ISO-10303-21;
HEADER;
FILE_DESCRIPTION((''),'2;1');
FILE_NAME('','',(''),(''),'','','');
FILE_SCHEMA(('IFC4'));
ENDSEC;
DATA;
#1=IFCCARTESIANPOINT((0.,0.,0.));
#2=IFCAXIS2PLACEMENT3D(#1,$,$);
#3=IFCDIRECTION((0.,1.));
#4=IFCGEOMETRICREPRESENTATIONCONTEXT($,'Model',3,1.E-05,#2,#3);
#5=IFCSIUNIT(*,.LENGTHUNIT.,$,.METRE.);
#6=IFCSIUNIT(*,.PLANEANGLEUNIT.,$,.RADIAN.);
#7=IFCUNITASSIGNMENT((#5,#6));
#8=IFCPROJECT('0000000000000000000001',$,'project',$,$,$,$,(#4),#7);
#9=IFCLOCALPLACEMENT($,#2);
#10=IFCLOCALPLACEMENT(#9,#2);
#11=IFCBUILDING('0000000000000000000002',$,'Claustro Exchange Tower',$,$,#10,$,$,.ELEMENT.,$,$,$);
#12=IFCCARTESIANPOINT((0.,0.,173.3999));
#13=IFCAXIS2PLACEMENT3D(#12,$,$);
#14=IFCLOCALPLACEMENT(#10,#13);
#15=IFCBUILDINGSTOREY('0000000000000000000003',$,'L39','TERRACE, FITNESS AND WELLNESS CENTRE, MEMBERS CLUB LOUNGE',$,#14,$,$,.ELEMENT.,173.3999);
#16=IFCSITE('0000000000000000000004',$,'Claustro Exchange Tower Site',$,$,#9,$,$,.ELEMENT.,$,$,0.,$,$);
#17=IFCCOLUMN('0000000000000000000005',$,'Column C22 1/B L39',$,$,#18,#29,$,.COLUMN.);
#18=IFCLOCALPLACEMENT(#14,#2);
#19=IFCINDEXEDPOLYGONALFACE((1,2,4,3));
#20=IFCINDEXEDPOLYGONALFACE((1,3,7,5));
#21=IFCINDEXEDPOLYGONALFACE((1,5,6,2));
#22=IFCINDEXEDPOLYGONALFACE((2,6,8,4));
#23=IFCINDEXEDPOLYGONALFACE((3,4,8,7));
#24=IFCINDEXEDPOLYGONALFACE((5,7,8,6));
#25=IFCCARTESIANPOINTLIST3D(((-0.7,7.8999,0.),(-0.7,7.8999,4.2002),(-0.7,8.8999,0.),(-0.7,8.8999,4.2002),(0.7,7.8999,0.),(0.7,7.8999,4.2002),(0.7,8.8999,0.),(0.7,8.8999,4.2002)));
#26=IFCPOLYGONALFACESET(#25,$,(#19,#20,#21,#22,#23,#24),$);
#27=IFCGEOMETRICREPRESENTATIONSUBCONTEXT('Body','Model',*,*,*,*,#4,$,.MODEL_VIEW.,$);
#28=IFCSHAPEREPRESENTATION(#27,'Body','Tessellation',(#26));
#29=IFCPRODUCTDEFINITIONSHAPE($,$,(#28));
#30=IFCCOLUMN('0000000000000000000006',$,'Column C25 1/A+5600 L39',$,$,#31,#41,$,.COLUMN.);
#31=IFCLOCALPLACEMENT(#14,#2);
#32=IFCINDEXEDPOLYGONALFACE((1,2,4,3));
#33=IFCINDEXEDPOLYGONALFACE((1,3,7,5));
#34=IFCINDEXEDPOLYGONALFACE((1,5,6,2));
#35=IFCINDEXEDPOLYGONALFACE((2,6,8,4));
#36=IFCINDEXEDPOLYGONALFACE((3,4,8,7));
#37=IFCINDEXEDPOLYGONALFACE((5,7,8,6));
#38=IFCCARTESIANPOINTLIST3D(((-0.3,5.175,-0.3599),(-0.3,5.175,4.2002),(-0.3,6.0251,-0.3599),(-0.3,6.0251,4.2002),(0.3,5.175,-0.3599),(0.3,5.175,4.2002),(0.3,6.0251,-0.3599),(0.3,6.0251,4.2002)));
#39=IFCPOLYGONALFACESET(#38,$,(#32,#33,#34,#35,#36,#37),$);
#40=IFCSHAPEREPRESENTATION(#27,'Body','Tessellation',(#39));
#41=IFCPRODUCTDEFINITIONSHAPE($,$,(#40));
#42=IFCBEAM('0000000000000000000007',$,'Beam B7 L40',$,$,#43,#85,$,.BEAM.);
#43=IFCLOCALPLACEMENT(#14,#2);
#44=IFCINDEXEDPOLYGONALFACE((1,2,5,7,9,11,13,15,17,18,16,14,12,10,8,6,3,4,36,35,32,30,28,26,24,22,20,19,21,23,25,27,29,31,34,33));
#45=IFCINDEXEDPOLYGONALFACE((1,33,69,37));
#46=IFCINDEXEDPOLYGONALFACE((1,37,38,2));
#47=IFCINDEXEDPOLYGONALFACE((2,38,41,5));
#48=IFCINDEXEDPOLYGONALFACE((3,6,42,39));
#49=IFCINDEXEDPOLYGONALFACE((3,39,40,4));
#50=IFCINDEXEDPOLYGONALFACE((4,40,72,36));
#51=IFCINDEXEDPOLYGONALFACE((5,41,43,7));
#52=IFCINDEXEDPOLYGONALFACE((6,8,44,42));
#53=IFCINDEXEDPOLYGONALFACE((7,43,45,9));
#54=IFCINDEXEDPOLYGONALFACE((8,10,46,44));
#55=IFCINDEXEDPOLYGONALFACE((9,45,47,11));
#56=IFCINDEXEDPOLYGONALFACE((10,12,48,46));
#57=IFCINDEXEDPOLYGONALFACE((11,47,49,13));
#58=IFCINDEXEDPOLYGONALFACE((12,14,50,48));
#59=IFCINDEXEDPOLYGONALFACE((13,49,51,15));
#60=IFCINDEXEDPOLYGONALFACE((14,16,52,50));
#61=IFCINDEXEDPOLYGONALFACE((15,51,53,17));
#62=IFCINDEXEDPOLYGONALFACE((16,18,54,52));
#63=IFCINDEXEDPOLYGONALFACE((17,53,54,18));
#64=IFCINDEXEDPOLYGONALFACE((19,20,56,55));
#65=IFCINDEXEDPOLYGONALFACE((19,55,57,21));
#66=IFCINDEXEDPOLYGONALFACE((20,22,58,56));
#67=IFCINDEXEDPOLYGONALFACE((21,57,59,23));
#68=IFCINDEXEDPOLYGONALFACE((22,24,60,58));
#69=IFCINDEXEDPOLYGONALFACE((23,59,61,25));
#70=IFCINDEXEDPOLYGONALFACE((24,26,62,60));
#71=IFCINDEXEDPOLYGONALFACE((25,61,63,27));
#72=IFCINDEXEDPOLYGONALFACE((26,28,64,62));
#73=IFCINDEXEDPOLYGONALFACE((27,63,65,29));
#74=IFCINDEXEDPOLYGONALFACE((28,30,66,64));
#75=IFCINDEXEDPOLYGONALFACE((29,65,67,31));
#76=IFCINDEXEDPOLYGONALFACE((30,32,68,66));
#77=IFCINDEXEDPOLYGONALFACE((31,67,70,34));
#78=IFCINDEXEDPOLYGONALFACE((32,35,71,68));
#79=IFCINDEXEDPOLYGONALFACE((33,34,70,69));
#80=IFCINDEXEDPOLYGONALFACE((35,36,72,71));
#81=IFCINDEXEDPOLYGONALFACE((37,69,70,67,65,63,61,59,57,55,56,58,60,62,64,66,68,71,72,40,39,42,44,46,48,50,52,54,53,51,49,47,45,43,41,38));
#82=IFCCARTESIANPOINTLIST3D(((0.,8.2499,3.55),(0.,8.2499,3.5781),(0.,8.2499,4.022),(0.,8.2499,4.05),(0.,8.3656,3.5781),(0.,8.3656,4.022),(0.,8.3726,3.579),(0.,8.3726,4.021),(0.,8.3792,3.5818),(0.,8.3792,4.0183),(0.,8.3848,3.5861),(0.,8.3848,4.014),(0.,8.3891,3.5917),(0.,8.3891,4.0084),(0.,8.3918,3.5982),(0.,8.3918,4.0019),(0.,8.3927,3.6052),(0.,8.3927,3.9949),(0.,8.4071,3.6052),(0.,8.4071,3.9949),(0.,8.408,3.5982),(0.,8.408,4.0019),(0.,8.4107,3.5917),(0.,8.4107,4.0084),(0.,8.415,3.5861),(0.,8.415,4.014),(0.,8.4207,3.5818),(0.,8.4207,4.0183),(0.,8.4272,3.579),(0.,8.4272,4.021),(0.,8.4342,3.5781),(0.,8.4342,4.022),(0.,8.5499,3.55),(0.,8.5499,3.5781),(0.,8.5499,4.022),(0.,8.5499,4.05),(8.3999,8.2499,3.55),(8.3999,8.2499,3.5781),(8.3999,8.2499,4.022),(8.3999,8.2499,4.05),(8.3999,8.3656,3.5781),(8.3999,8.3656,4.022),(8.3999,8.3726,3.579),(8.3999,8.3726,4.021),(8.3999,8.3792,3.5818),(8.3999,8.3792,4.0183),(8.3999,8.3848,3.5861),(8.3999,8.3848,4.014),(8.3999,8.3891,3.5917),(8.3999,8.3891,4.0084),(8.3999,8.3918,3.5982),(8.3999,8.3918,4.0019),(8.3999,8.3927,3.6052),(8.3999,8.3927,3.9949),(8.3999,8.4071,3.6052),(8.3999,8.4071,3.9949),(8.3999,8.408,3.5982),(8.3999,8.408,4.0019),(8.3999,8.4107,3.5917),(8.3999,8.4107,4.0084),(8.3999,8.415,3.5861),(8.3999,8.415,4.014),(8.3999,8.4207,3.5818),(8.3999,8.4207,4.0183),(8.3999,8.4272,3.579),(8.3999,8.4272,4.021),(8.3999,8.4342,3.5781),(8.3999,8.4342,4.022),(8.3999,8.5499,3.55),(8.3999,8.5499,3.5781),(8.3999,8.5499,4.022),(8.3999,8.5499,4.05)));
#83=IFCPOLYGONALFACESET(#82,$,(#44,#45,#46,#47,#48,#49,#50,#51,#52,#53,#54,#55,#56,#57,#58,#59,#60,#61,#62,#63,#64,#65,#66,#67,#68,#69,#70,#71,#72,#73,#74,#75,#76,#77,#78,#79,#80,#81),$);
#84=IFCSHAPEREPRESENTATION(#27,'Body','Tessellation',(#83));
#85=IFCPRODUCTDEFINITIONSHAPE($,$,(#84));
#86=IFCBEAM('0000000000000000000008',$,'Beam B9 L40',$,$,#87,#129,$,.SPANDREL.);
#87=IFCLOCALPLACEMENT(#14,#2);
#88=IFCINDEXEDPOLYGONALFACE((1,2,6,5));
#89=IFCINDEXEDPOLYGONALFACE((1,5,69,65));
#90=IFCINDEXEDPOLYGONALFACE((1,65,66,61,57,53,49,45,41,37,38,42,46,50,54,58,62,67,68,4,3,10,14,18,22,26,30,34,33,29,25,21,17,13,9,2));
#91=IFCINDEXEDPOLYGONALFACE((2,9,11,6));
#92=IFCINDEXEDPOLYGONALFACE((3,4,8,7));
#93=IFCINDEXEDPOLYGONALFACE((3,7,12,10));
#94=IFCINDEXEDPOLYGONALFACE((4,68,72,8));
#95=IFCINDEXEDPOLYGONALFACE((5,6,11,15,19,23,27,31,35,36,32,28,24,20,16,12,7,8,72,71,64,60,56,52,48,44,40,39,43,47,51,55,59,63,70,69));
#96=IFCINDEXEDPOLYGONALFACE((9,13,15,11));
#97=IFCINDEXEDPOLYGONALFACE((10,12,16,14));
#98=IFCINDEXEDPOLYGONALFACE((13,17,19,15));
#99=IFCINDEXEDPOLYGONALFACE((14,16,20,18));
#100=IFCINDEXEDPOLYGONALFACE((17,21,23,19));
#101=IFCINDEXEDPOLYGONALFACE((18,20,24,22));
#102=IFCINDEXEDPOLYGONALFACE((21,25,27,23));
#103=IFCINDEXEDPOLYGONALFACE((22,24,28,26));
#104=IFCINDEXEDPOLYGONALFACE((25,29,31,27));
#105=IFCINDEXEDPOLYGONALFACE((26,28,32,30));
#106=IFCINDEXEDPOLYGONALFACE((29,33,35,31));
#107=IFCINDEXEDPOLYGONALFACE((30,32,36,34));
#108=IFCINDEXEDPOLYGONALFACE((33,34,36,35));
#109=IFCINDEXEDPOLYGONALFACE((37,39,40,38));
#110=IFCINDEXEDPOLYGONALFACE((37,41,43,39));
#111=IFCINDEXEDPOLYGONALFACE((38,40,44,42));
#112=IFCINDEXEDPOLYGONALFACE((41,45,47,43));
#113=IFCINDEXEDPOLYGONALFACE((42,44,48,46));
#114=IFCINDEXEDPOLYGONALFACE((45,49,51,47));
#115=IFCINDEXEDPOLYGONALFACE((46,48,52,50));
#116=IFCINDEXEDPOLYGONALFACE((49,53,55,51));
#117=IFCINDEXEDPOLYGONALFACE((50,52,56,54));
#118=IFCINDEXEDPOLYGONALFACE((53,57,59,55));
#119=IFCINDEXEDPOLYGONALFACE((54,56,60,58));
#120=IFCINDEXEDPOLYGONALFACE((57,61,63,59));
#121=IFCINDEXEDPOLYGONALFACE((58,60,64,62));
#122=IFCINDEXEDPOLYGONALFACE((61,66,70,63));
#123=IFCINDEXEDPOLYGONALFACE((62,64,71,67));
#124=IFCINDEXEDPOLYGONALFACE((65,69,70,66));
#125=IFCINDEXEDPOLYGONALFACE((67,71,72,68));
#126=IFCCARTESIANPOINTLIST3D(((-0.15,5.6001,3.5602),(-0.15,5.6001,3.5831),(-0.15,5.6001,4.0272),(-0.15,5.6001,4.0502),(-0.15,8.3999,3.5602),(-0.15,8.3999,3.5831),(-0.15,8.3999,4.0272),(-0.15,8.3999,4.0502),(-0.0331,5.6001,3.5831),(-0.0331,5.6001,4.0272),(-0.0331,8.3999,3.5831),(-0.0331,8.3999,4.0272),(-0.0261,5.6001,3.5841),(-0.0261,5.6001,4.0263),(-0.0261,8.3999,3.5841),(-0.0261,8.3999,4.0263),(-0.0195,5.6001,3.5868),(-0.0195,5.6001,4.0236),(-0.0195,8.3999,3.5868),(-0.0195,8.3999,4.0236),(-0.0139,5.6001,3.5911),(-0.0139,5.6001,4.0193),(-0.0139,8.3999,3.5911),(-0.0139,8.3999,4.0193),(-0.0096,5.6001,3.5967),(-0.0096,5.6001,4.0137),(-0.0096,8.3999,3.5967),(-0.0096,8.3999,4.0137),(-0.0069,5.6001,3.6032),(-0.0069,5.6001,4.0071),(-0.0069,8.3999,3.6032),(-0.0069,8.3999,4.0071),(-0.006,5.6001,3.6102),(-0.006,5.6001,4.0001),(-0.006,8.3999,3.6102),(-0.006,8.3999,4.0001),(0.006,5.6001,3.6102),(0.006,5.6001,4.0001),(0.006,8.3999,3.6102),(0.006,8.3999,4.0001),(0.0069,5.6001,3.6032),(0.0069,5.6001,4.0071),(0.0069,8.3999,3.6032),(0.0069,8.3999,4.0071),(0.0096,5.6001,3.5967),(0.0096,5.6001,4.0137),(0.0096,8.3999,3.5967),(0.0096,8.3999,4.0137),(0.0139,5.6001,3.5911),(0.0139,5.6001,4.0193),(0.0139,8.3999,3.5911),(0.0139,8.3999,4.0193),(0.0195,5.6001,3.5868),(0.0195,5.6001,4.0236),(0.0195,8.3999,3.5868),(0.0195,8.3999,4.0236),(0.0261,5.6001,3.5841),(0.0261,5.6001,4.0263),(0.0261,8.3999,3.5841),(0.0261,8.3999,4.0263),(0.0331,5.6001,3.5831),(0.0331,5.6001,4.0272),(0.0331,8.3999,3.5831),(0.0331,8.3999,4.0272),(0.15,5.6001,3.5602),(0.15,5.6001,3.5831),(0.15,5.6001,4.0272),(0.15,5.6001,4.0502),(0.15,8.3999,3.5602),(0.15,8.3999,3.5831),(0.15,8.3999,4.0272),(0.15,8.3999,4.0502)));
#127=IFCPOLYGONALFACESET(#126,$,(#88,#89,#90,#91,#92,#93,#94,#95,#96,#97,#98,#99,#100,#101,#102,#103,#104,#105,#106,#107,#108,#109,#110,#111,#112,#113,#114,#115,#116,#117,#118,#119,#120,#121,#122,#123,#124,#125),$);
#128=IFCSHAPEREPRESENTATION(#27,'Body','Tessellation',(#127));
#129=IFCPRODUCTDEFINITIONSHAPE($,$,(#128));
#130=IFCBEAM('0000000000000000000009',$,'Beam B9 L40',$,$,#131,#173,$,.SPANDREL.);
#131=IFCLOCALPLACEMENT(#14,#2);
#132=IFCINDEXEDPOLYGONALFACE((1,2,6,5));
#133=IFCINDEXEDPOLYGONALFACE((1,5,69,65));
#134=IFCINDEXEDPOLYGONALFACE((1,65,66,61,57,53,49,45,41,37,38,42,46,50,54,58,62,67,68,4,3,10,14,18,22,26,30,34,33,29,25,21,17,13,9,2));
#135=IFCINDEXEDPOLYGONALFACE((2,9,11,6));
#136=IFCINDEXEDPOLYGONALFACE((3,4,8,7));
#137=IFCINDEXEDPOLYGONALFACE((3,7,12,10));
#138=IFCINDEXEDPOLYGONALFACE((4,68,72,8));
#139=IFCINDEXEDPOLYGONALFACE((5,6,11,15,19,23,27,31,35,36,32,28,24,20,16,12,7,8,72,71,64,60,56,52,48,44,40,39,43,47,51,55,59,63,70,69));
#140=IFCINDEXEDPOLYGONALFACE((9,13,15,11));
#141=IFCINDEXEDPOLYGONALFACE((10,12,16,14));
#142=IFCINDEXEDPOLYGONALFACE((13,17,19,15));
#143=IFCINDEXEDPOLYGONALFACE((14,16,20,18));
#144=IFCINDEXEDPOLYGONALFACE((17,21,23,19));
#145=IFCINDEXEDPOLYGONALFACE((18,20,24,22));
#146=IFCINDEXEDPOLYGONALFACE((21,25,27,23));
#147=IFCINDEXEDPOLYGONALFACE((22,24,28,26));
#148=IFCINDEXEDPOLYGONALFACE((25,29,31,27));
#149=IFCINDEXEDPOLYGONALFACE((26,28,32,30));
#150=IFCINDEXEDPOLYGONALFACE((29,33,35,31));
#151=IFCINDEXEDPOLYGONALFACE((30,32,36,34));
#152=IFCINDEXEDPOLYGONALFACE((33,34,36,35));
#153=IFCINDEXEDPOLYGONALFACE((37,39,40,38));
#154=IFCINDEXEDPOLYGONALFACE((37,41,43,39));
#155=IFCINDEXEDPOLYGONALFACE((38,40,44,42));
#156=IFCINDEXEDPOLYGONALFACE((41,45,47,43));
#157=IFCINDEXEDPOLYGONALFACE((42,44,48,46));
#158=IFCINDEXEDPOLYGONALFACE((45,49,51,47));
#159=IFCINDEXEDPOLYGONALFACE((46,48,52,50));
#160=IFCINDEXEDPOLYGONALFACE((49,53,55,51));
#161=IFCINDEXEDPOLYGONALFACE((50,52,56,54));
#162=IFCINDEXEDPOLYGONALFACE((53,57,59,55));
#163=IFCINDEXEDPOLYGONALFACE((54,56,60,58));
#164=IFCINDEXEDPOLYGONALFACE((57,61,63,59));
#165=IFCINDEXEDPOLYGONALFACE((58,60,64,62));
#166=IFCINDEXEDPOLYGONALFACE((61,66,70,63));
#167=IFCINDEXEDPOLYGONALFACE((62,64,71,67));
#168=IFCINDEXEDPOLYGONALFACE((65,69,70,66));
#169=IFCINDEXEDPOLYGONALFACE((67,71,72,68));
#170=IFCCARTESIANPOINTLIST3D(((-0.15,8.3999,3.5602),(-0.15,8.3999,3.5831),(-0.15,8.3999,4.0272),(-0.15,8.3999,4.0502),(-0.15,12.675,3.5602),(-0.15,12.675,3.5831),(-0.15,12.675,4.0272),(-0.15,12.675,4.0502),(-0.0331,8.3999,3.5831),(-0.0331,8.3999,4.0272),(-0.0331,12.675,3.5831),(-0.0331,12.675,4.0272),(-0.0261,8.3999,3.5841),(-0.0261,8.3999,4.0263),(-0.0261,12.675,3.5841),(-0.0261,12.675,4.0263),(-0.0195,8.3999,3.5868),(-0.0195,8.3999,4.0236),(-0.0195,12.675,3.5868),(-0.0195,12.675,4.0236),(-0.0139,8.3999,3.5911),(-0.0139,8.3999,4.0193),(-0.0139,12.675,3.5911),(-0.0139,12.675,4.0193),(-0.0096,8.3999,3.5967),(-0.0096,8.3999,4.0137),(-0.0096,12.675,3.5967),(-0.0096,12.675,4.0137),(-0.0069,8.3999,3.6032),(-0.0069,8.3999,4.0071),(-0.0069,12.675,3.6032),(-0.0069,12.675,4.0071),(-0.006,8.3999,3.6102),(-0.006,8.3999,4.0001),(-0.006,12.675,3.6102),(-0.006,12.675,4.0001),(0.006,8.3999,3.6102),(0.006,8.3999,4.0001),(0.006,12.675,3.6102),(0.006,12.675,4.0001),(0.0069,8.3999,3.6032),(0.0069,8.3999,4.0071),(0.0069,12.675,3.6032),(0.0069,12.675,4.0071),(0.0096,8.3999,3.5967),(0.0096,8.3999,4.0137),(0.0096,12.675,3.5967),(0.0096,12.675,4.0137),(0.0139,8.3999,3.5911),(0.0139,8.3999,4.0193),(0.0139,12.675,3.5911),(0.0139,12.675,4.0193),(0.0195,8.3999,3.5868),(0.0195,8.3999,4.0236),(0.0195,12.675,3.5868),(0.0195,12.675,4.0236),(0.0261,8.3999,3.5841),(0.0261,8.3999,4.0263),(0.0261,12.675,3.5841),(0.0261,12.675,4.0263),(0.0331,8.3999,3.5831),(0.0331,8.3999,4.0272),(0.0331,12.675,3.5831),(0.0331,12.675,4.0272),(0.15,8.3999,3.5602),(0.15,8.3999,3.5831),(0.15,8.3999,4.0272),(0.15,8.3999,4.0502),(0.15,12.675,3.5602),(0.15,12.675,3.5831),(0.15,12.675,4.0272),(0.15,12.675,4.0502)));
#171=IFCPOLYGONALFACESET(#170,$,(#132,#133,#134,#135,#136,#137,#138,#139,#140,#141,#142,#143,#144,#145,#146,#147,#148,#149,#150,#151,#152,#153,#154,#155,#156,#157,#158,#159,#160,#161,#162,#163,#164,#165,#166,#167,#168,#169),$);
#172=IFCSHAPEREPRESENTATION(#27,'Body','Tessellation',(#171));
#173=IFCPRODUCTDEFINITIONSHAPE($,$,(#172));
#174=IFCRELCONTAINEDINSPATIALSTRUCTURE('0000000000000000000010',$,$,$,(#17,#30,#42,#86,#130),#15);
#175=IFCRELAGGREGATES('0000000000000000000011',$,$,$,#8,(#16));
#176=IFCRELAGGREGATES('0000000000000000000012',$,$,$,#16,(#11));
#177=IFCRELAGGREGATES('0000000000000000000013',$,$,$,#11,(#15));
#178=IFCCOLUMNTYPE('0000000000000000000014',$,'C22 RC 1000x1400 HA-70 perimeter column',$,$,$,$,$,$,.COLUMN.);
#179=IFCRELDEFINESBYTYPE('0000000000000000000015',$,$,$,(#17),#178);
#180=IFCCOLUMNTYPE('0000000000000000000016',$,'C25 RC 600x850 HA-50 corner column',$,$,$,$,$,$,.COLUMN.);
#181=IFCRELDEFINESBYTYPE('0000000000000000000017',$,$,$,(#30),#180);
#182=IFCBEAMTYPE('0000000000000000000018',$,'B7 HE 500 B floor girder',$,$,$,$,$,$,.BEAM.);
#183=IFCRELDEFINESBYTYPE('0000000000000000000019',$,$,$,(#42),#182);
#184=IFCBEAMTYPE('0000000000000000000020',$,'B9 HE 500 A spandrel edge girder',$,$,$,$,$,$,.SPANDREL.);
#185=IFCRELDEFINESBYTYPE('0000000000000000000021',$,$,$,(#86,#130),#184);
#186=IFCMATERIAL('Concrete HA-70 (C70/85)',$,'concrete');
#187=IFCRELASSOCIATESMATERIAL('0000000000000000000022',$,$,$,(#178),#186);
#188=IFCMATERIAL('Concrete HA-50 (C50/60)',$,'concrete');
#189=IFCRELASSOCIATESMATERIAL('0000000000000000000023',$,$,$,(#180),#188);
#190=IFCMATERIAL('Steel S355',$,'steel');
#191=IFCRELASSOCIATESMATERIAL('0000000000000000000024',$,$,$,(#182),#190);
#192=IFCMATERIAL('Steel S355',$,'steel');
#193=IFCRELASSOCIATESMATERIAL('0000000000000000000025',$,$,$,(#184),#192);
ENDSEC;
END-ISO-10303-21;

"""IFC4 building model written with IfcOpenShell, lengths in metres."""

from ifc_helpers import new_model, si_unit, direction, frame, origin, origin_2d, place, context, subcontext, project, spatial, rectangle, i_section, extrude, material, material_profile, profile_set, type_object, element, save


model = new_model("IFC4")

# Units and contexts
model_context = context("Model", 3, precision=1e-05, world=origin(), true_north=direction((0.0, 1.0)))
body_context = subcontext(model_context, "Body", "Model", "MODEL_VIEW")
ifc_project = project(units=[si_unit("LENGTHUNIT", "METRE"), si_unit("PLANEANGLEUNIT", "RADIAN")], contexts=[model_context])

# Site, building, storey
site_placement = place(None, origin())
site = spatial("IfcSite", under=ifc_project, at=site_placement, Name="Claustro Exchange Tower Site", CompositionType="ELEMENT", RefElevation=0.0)
building_placement = place(site_placement, origin())
building = spatial("IfcBuilding", under=site, at=building_placement, Name="Claustro Exchange Tower", CompositionType="ELEMENT")
storey_placement = place(building_placement, frame((0.0, 0.0, 173.3999)))
storey = spatial("IfcBuildingStorey", under=building, at=storey_placement, Name="L39", Description="TERRACE, FITNESS AND WELLNESS CENTRE, MEMBERS CLUB LOUNGE", CompositionType="ELEMENT", Elevation=173.3999)

# Columns
ifc_material_1 = material(Name="Concrete HA-70 (C70/85)", Category="concrete")
ifc_material_profile_1 = material_profile(ifc_material_1, rectangle(XDim=1.0, YDim=1.3999, at=origin_2d()), Name="RC 1000x1400")
ifc_profile_set_1 = profile_set([ifc_material_profile_1], Name="Concrete HA-70 (C70/85)")
column_type_1 = type_object("IfcColumnType", Name="C22 RC 1000x1400 HA-70 perimeter column", PredefinedType="COLUMN", material=ifc_profile_set_1)
column_1_placement = place(storey_placement, frame((0.0, 8.3999, 0.0), z_axis=(0.0, 0.0, 1.0), x_axis=(0.0, 1.0, 0.0)))
element("IfcColumn", 1, at=column_1_placement, inside=storey, type_object=column_type_1, Name="Column C22 1/B L39", PredefinedType="COLUMN", context=body_context, shape_type="SweptSolid", body=[
    extrude(rectangle(XDim=1.0, YDim=1.3999, at=origin_2d()), origin(), (0.0, 0.0, 1.0), 4.2002),
])
ifc_material_2 = material(Name="Concrete HA-50 (C50/60)", Category="concrete")
ifc_material_profile_2 = material_profile(ifc_material_2, rectangle(XDim=0.6001, YDim=0.8501, at=origin_2d()), Name="RC 600x850")
ifc_profile_set_2 = profile_set([ifc_material_profile_2], Name="Concrete HA-50 (C50/60)")
column_type_2 = type_object("IfcColumnType", Name="C25 RC 600x850 HA-50 corner column", PredefinedType="COLUMN", material=ifc_profile_set_2)
column_2_placement = place(storey_placement, frame((0.0, 5.6001, -0.3599), z_axis=(0.0, 0.0, 1.0), x_axis=(1.0, 0.0, 0.0)))
element("IfcColumn", 2, at=column_2_placement, inside=storey, type_object=column_type_2, Name="Column C25 1/A+5600 L39", PredefinedType="COLUMN", context=body_context, shape_type="SweptSolid", body=[
    extrude(rectangle(XDim=0.6001, YDim=0.8501, at=origin_2d()), origin(), (0.0, 0.0, 1.0), 4.5601),
])

# Beams
ifc_material_3 = material(Name="Steel S355", Category="steel")
ifc_material_profile_3 = material_profile(ifc_material_3, i_section(OverallWidth=0.3, OverallDepth=0.5, WebThickness=0.0144, FlangeThickness=0.0281, FilletRadius=0.0271, at=origin_2d()), Name="HE 500 B")
ifc_profile_set_3 = profile_set([ifc_material_profile_3], Name="Steel S355")
beam_type_1 = type_object("IfcBeamType", Name="B7 HE 500 B floor girder", PredefinedType="BEAM", material=ifc_profile_set_3)
beam_1_placement = place(storey_placement, frame((0.0, 8.3999, 3.8), z_axis=(1.0, 0.0, 0.0), x_axis=(0.0, 1.0, 0.0)))
element("IfcBeam", 3, at=beam_1_placement, inside=storey, type_object=beam_type_1, Name="Beam B7 L40", PredefinedType="BEAM", context=body_context, shape_type="SweptSolid", body=[
    extrude(i_section(OverallWidth=0.3, OverallDepth=0.5, WebThickness=0.0144, FlangeThickness=0.0281, FilletRadius=0.0271, at=origin_2d()), origin(), (0.0, 0.0, 1.0), 8.3999),
])
ifc_material_4 = material(Name="Steel S355", Category="steel")
ifc_material_profile_4 = material_profile(ifc_material_4, i_section(OverallWidth=0.3, OverallDepth=0.49, WebThickness=0.012, FlangeThickness=0.0229, FilletRadius=0.0271, at=origin_2d()), Name="HE 500 A")
ifc_profile_set_4 = profile_set([ifc_material_profile_4], Name="Steel S355")
beam_type_2 = type_object("IfcBeamType", Name="B9 HE 500 A spandrel edge girder", PredefinedType="SPANDREL", material=ifc_profile_set_4)
beam_2_placement = place(storey_placement, frame((0.0, 5.6001, 3.8052), z_axis=(0.0, 1.0, 0.0), x_axis=(-1.0, 0.0, 0.0)))
element("IfcBeam", 4, at=beam_2_placement, inside=storey, type_object=beam_type_2, Name="Beam B9 L40", PredefinedType="SPANDREL", context=body_context, shape_type="SweptSolid", body=[
    extrude(i_section(OverallWidth=0.3, OverallDepth=0.49, WebThickness=0.012, FlangeThickness=0.0229, FilletRadius=0.0271, at=origin_2d()), origin(), (0.0, 0.0, 1.0), 2.7998),
])
beam_3_placement = place(storey_placement, frame((0.0, 8.3999, 3.8052), z_axis=(0.0, 1.0, 0.0), x_axis=(-1.0, 0.0, 0.0)))
element("IfcBeam", 5, at=beam_3_placement, inside=storey, type_object=beam_type_2, Name="Beam B9 L40", PredefinedType="SPANDREL", context=body_context, shape_type="SweptSolid", body=[
    extrude(i_section(OverallWidth=0.3, OverallDepth=0.49, WebThickness=0.012, FlangeThickness=0.0229, FilletRadius=0.0271, at=origin_2d()), origin(), (0.0, 0.0, 1.0), 4.2751),
])

save(model, "model.ifc")
